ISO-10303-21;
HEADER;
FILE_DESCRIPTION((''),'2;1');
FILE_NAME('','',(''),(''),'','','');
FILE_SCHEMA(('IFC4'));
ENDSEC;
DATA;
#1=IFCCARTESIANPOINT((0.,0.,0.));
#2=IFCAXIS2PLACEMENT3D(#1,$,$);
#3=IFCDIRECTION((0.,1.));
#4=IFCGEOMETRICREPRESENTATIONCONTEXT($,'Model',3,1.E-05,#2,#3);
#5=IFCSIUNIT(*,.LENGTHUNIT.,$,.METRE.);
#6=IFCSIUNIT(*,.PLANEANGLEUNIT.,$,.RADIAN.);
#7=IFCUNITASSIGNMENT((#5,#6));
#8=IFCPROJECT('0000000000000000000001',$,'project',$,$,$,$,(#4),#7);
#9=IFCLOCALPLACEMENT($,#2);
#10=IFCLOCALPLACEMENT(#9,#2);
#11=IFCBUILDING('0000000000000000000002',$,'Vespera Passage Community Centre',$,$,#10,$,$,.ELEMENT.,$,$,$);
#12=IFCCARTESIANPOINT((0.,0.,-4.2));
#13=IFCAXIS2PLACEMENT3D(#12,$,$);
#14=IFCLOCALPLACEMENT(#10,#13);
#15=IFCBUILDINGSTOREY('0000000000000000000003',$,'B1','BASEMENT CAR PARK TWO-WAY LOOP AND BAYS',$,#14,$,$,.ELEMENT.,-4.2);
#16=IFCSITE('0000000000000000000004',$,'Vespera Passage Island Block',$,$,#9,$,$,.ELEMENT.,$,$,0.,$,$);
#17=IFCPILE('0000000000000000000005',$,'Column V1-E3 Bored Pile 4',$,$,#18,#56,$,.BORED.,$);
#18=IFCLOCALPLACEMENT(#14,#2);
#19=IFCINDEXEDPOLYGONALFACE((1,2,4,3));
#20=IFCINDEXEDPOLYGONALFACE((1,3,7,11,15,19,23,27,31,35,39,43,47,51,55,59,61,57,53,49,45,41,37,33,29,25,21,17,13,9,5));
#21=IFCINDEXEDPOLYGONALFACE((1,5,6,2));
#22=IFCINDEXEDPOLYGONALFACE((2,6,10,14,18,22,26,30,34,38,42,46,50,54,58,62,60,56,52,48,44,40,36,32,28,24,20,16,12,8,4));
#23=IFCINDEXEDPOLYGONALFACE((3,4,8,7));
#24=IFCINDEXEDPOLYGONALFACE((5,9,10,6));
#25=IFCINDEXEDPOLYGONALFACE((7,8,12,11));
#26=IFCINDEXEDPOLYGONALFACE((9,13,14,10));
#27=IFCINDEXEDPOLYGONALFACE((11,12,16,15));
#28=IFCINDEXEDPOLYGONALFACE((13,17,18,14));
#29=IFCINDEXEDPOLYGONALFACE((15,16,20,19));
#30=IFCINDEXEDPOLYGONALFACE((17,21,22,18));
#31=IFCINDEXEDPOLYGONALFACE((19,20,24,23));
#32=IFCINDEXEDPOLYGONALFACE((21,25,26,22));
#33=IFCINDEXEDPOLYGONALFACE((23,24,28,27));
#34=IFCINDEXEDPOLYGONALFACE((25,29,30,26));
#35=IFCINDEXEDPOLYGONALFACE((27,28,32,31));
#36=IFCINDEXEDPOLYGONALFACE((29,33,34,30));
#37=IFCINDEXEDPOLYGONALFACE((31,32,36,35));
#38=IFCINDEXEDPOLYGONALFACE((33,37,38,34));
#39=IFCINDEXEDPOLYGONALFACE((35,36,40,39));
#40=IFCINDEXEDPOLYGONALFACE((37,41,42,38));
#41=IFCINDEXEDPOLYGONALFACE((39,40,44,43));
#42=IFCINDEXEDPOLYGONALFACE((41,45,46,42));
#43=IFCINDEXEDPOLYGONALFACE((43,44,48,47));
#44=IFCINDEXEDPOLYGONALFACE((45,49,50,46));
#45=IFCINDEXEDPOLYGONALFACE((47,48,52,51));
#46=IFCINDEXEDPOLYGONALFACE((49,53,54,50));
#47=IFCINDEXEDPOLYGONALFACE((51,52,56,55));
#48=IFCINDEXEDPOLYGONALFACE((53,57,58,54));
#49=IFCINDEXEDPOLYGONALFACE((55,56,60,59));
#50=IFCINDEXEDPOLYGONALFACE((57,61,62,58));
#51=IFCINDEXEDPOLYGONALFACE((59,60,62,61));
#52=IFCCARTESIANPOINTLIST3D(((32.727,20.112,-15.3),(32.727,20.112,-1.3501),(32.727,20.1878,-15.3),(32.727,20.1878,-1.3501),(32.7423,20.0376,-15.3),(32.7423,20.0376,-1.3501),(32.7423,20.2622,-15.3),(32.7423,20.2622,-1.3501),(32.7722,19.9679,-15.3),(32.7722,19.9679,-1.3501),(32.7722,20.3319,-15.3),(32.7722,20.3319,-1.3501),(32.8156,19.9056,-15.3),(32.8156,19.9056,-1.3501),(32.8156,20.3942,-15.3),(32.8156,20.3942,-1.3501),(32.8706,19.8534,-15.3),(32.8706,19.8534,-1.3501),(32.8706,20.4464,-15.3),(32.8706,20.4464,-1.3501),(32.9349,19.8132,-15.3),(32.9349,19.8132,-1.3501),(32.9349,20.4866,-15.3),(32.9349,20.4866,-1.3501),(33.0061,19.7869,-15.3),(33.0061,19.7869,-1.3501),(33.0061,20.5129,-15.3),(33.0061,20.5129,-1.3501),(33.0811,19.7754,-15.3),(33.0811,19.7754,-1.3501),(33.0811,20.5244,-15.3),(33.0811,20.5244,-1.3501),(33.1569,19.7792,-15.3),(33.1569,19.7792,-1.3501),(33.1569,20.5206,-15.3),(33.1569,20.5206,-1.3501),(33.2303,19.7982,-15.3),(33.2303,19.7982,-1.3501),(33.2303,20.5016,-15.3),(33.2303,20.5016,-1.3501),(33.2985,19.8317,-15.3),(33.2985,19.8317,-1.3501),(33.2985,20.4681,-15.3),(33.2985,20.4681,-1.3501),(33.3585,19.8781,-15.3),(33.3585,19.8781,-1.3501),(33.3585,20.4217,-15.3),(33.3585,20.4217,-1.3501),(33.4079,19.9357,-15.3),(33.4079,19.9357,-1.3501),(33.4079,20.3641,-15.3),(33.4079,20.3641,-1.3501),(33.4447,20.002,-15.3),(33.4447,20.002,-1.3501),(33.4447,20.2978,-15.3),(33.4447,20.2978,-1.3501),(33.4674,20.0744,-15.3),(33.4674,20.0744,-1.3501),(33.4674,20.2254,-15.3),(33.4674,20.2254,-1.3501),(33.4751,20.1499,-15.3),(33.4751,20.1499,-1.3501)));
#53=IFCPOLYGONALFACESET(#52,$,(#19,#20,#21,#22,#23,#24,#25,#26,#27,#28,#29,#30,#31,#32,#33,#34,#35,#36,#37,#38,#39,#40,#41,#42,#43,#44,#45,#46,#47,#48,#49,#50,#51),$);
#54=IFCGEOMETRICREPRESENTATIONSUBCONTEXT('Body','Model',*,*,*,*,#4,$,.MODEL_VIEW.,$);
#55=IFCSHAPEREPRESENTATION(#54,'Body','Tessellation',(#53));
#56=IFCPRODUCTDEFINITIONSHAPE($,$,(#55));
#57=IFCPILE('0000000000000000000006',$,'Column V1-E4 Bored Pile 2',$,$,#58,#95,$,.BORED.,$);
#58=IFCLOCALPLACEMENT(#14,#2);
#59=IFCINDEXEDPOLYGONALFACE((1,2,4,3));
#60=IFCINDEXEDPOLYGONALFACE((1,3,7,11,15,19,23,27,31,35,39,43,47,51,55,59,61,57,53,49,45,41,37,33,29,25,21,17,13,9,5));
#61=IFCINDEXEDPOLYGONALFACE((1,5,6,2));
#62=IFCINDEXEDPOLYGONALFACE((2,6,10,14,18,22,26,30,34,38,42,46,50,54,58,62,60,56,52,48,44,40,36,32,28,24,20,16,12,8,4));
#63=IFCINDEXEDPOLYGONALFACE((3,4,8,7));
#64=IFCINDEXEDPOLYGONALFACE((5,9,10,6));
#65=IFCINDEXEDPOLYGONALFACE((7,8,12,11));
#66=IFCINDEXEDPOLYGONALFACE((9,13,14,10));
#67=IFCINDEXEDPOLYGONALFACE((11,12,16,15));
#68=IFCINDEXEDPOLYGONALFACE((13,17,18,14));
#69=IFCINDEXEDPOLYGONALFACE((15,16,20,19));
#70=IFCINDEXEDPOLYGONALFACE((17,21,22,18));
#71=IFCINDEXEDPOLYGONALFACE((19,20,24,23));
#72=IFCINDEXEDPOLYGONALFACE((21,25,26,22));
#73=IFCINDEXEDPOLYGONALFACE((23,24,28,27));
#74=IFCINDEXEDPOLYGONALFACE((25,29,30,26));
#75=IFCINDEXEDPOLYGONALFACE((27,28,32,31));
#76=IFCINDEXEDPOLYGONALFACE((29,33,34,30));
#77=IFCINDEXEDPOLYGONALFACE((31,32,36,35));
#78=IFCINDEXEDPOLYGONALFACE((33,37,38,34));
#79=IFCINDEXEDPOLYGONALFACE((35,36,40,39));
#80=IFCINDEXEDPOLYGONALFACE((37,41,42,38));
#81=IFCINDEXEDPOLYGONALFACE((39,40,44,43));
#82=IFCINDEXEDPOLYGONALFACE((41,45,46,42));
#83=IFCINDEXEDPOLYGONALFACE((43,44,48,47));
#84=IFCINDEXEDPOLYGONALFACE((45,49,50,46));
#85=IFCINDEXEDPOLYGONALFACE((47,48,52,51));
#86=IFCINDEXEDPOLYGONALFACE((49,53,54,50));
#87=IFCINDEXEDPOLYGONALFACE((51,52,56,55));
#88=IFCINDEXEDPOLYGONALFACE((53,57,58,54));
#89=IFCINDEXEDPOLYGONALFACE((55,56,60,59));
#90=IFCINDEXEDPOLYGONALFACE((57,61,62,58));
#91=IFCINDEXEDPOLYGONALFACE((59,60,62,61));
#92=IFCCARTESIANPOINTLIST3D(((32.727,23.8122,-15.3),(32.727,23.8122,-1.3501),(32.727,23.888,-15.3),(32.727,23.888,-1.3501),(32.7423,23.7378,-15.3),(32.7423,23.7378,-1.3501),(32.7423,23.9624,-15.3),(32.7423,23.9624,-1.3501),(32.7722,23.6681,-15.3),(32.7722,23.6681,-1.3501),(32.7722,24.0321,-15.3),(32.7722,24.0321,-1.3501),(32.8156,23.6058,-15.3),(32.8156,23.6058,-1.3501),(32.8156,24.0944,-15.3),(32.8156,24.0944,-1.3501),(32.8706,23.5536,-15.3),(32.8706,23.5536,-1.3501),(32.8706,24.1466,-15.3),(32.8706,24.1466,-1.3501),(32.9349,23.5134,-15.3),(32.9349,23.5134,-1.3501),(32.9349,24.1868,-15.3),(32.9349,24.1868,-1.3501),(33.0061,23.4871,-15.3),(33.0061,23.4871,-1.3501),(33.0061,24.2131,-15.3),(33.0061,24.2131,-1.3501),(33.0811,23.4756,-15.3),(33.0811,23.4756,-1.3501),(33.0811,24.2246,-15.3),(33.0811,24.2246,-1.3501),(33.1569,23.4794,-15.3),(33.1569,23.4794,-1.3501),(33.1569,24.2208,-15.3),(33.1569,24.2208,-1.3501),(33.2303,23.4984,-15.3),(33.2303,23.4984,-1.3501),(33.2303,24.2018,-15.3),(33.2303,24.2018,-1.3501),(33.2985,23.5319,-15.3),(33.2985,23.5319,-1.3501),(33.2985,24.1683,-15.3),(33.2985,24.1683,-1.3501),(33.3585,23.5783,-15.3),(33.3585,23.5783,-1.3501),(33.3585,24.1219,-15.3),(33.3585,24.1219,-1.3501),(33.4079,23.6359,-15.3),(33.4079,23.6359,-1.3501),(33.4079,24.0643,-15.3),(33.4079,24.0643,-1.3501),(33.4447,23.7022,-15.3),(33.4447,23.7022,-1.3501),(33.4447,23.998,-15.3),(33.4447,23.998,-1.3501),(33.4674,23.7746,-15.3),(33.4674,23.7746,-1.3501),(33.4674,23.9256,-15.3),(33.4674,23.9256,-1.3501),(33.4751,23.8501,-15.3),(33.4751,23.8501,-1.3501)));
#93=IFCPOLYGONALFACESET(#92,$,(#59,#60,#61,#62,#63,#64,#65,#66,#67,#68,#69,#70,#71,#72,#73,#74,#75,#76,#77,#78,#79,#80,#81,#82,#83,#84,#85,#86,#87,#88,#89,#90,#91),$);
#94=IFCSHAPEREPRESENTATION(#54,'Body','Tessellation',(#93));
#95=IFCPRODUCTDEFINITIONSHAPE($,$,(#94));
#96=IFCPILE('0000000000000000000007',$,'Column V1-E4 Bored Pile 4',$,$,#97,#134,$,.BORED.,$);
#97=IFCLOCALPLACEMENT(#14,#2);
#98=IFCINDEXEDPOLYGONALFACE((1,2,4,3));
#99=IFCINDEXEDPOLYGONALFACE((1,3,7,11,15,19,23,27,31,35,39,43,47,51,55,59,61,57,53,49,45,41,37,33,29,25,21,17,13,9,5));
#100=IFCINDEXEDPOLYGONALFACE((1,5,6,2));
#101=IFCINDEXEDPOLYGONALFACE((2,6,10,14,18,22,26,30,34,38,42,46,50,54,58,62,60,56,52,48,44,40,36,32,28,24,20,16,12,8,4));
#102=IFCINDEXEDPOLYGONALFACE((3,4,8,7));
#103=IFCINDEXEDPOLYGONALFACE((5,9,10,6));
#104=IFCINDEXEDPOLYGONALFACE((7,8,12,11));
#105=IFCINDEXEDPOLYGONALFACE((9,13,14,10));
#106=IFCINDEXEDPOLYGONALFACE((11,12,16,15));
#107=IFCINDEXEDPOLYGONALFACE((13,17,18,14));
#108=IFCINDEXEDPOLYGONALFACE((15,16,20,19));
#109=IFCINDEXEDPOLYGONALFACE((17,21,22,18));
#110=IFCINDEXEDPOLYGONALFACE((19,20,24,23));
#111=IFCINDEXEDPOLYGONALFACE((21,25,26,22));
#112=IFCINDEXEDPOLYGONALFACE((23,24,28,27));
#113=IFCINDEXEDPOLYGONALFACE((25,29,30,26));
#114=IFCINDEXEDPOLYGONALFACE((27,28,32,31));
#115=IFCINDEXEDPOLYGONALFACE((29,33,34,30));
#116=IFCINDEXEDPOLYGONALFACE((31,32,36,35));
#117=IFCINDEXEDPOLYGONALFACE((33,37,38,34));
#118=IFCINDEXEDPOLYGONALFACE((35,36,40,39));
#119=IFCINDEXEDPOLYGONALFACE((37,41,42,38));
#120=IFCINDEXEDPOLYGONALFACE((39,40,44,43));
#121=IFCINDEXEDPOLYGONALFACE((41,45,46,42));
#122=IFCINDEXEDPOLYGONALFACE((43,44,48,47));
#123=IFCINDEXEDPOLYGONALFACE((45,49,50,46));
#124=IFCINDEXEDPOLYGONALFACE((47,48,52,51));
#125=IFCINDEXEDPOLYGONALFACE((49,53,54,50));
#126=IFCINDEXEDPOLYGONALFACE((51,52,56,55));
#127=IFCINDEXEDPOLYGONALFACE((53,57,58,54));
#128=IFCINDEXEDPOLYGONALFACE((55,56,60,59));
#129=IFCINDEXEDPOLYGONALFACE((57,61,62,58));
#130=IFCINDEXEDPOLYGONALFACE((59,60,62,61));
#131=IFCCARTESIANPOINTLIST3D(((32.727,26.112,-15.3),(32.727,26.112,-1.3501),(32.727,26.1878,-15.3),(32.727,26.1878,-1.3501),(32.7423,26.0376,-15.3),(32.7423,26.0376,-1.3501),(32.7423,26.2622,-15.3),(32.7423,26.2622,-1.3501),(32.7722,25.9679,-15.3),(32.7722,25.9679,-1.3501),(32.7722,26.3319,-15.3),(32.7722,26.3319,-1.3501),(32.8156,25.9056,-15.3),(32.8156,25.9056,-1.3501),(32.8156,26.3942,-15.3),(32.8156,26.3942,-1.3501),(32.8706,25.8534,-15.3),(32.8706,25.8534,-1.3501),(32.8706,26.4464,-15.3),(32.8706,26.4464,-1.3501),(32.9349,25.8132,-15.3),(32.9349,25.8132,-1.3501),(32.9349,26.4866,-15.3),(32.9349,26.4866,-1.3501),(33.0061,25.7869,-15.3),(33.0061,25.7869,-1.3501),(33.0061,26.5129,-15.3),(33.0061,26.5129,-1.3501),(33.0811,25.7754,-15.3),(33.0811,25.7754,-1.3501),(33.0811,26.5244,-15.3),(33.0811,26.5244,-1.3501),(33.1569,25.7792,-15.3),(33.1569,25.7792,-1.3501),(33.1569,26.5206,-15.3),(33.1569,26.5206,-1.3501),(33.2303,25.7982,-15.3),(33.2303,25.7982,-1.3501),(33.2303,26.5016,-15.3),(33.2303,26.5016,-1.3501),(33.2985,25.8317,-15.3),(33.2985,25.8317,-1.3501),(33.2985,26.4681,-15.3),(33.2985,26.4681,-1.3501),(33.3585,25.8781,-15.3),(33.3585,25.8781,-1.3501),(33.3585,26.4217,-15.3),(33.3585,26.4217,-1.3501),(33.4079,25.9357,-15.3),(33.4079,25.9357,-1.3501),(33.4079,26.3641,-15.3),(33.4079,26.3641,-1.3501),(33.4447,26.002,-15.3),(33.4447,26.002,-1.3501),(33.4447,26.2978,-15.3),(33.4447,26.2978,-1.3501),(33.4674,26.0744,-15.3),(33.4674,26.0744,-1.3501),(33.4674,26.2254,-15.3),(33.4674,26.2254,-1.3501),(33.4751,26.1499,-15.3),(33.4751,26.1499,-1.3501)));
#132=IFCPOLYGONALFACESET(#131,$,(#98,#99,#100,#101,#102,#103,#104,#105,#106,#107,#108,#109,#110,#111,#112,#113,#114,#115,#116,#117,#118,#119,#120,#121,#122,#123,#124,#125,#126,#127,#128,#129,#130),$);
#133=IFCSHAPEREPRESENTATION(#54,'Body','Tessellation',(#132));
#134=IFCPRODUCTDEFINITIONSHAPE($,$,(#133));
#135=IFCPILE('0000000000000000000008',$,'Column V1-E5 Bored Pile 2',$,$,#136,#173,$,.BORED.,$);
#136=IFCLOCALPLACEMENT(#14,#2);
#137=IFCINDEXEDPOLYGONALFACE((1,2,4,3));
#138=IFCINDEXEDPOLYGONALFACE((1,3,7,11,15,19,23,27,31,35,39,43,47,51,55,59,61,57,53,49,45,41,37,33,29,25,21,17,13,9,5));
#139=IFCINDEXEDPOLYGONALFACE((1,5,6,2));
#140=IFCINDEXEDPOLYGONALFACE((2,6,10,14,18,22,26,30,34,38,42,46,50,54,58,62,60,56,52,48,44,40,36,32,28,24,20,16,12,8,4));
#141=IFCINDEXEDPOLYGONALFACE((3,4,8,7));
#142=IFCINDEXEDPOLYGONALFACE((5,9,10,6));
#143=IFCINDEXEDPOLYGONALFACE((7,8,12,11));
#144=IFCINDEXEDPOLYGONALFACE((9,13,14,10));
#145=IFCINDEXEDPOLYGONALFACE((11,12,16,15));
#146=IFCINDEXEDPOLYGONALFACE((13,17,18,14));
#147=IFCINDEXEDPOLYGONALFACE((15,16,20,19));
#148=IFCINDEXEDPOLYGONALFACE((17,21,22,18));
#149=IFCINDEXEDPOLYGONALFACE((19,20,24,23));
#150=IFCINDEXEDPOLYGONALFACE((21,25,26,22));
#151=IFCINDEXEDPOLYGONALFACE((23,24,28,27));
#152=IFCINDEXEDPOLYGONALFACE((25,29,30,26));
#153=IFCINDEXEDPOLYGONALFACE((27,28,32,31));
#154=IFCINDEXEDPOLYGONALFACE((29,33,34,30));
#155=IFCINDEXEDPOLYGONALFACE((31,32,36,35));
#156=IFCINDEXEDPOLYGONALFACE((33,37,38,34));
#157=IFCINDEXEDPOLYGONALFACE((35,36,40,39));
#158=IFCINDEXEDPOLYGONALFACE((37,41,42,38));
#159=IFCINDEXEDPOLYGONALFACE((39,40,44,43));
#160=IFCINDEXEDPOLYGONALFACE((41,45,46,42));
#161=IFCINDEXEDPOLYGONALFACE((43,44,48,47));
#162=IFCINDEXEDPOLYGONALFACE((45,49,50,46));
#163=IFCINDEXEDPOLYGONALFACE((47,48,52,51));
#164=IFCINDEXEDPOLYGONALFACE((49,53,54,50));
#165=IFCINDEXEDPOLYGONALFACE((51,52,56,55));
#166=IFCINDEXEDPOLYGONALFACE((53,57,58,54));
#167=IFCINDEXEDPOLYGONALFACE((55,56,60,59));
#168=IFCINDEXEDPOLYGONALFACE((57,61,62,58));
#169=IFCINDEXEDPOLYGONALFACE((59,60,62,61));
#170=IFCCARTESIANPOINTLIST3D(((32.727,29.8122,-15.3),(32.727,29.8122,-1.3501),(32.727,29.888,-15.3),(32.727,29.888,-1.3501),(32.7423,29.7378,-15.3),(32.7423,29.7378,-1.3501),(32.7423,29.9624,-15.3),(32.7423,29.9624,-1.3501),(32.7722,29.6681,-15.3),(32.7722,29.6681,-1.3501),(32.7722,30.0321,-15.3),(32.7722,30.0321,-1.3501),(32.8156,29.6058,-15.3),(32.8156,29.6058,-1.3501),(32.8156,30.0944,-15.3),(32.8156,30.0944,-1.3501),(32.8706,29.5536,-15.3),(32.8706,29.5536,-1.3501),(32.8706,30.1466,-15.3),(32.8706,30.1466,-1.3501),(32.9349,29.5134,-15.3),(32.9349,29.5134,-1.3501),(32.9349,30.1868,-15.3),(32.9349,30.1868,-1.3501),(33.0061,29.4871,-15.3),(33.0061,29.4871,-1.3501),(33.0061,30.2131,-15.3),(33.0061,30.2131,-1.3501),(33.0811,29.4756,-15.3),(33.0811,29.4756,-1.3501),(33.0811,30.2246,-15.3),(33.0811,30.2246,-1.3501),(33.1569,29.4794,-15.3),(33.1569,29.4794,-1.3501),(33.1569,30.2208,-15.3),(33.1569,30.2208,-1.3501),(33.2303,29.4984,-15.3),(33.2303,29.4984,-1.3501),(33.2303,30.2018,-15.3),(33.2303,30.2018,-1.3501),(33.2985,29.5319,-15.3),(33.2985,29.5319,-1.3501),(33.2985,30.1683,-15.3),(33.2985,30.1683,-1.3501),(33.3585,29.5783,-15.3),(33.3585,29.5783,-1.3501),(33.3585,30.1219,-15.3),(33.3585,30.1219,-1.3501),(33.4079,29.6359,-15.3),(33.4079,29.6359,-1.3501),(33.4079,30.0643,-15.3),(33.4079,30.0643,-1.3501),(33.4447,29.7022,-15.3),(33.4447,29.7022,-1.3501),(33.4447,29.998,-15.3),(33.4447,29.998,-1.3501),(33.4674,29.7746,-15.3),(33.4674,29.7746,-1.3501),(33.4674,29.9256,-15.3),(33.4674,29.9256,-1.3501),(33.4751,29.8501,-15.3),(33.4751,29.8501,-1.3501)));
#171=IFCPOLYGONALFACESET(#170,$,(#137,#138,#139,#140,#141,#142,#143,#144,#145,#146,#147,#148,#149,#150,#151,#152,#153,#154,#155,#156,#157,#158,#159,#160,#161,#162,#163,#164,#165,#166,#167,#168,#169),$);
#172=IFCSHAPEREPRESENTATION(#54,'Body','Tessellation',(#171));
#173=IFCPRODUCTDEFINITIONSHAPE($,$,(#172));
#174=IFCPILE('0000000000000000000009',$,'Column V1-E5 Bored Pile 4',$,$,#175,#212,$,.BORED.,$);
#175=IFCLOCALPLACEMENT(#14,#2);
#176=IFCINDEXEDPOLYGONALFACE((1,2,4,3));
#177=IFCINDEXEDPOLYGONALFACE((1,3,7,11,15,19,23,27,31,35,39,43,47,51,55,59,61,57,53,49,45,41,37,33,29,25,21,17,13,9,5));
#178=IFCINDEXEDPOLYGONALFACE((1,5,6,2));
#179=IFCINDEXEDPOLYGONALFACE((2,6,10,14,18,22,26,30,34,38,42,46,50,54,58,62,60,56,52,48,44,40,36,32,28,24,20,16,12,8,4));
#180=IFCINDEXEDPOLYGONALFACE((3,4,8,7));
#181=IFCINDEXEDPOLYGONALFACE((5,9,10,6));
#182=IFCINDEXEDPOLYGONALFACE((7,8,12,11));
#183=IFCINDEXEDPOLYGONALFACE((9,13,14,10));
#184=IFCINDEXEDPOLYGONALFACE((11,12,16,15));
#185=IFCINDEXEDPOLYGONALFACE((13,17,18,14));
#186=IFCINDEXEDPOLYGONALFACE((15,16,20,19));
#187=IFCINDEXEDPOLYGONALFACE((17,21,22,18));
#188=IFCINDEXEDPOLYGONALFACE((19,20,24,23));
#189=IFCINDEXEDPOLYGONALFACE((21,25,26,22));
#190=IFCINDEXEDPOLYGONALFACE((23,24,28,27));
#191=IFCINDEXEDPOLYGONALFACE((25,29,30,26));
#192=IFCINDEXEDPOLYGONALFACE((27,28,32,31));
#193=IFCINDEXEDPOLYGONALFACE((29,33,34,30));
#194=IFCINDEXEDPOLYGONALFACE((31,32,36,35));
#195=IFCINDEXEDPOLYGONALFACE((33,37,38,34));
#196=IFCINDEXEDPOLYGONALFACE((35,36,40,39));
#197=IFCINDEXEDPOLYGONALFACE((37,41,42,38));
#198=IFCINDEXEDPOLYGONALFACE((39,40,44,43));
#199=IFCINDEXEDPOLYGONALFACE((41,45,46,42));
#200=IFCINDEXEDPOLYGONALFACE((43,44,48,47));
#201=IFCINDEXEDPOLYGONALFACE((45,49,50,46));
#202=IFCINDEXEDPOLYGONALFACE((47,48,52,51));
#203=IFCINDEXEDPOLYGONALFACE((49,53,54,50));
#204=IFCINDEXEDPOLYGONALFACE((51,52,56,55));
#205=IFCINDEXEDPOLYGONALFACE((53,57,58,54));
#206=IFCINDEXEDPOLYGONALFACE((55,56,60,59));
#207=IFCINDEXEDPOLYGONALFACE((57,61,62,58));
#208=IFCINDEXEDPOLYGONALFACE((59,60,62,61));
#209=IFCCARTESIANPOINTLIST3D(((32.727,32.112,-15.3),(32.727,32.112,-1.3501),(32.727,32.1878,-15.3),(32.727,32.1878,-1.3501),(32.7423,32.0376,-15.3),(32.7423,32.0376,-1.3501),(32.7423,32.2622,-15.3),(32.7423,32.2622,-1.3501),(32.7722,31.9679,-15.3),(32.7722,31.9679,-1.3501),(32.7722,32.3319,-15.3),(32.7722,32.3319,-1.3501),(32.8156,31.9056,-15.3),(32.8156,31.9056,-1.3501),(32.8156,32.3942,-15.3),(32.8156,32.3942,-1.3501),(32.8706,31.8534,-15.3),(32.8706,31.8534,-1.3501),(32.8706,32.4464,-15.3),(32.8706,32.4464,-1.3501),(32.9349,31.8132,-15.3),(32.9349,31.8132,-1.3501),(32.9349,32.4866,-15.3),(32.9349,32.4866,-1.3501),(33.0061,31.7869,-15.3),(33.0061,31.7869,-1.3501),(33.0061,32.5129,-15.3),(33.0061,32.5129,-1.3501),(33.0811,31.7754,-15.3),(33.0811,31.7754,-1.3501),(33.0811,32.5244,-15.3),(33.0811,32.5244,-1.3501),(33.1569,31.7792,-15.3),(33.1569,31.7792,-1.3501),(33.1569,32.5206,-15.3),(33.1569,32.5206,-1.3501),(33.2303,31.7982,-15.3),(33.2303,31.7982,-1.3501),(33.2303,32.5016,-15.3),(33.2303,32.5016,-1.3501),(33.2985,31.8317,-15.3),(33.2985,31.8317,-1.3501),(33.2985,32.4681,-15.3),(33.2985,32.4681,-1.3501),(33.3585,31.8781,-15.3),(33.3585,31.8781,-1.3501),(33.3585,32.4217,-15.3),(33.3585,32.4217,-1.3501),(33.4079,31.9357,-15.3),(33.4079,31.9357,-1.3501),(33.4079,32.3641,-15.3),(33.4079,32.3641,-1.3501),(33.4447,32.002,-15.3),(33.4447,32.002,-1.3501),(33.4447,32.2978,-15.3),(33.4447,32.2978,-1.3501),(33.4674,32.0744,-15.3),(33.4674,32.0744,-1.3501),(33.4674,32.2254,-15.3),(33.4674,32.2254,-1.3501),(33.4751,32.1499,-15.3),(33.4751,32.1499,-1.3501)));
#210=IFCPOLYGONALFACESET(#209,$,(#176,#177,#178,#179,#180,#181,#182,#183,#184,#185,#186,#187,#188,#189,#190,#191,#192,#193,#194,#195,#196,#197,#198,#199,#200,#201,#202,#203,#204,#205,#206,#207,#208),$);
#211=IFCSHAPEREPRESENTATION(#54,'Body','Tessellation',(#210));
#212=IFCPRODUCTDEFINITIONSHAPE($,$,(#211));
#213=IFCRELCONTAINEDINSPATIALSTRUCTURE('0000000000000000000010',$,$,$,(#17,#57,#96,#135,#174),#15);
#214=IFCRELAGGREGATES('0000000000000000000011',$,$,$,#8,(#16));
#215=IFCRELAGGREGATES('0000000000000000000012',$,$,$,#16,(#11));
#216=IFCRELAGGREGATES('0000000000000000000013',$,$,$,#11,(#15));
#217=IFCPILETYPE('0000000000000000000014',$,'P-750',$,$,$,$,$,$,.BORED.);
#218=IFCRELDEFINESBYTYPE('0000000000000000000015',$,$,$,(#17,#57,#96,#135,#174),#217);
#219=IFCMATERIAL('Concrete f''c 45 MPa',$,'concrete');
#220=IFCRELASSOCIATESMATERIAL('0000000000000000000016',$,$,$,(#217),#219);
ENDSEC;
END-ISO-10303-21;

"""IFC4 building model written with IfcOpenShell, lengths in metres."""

from ifc_helpers import new_model, si_unit, direction, frame, origin, origin_2d, place, context, subcontext, project, spatial, circle, extrude, material, material_profile, profile_set, type_object, element, save


model = new_model("IFC4")

# Units and contexts
model_context = context("Model", 3, precision=1e-05, world=origin(), true_north=direction((0.0, 1.0)))
body_context = subcontext(model_context, "Body", "Model", "MODEL_VIEW")
ifc_project = project(units=[si_unit("LENGTHUNIT", "METRE"), si_unit("PLANEANGLEUNIT", "RADIAN")], contexts=[model_context])

# Site, building, storey
site_placement = place(None, origin())
site = spatial("IfcSite", under=ifc_project, at=site_placement, Name="Vespera Passage Island Block", CompositionType="ELEMENT", RefElevation=0.0)
building_placement = place(site_placement, origin())
building = spatial("IfcBuilding", under=site, at=building_placement, Name="Vespera Passage Community Centre", CompositionType="ELEMENT")
storey_placement = place(building_placement, frame((0.0, 0.0, -4.2)))
storey = spatial("IfcBuildingStorey", under=building, at=storey_placement, Name="B1", Description="BASEMENT CAR PARK TWO-WAY LOOP AND BAYS", CompositionType="ELEMENT", Elevation=-4.2)

# Piles
ifc_material_1 = material(Name="Concrete f'c 45 MPa", Category="concrete")
ifc_material_profile_1 = material_profile(ifc_material_1, circle(Radius=0.375, at=origin_2d()), Name="PILE750DIA")
ifc_profile_set_1 = profile_set([ifc_material_profile_1], Name="Concrete f'c 45 MPa")
pile_type_1 = type_object("IfcPileType", Name="P-750", PredefinedType="BORED", material=ifc_profile_set_1)
for number, where, z_axis, x_axis, name in (
    (1, (33.1001, 20.1499, -1.3501), (0.0, 0.0, -1.0), (1.0, 0.0, 0.0), "Column V1-E3 Bored Pile 4"),
    (2, (33.1001, 23.8501, -1.3501), (0.0, 0.0, -1.0), (1.0, 0.0, 0.0), "Column V1-E4 Bored Pile 2"),
    (3, (33.1001, 26.1499, -1.3501), (0.0, 0.0, -1.0), (1.0, 0.0, 0.0), "Column V1-E4 Bored Pile 4"),
    (4, (33.1001, 29.8501, -1.3501), (0.0, 0.0, -1.0), (1.0, 0.0, 0.0), "Column V1-E5 Bored Pile 2"),
    (5, (33.1001, 32.1499, -1.3501), (0.0, 0.0, -1.0), (1.0, 0.0, 0.0), "Column V1-E5 Bored Pile 4"),
):
    element("IfcPile", number, at=place(storey_placement, frame(where, z_axis=z_axis, x_axis=x_axis)), inside=storey, type_object=pile_type_1, Name=name, PredefinedType="BORED", context=body_context, shape_type="SweptSolid", body=[
        extrude(circle(Radius=0.375, at=origin_2d()), origin(), (0.0, 0.0, 1.0), 13.95),
    ])

save(model, "model.ifc")
